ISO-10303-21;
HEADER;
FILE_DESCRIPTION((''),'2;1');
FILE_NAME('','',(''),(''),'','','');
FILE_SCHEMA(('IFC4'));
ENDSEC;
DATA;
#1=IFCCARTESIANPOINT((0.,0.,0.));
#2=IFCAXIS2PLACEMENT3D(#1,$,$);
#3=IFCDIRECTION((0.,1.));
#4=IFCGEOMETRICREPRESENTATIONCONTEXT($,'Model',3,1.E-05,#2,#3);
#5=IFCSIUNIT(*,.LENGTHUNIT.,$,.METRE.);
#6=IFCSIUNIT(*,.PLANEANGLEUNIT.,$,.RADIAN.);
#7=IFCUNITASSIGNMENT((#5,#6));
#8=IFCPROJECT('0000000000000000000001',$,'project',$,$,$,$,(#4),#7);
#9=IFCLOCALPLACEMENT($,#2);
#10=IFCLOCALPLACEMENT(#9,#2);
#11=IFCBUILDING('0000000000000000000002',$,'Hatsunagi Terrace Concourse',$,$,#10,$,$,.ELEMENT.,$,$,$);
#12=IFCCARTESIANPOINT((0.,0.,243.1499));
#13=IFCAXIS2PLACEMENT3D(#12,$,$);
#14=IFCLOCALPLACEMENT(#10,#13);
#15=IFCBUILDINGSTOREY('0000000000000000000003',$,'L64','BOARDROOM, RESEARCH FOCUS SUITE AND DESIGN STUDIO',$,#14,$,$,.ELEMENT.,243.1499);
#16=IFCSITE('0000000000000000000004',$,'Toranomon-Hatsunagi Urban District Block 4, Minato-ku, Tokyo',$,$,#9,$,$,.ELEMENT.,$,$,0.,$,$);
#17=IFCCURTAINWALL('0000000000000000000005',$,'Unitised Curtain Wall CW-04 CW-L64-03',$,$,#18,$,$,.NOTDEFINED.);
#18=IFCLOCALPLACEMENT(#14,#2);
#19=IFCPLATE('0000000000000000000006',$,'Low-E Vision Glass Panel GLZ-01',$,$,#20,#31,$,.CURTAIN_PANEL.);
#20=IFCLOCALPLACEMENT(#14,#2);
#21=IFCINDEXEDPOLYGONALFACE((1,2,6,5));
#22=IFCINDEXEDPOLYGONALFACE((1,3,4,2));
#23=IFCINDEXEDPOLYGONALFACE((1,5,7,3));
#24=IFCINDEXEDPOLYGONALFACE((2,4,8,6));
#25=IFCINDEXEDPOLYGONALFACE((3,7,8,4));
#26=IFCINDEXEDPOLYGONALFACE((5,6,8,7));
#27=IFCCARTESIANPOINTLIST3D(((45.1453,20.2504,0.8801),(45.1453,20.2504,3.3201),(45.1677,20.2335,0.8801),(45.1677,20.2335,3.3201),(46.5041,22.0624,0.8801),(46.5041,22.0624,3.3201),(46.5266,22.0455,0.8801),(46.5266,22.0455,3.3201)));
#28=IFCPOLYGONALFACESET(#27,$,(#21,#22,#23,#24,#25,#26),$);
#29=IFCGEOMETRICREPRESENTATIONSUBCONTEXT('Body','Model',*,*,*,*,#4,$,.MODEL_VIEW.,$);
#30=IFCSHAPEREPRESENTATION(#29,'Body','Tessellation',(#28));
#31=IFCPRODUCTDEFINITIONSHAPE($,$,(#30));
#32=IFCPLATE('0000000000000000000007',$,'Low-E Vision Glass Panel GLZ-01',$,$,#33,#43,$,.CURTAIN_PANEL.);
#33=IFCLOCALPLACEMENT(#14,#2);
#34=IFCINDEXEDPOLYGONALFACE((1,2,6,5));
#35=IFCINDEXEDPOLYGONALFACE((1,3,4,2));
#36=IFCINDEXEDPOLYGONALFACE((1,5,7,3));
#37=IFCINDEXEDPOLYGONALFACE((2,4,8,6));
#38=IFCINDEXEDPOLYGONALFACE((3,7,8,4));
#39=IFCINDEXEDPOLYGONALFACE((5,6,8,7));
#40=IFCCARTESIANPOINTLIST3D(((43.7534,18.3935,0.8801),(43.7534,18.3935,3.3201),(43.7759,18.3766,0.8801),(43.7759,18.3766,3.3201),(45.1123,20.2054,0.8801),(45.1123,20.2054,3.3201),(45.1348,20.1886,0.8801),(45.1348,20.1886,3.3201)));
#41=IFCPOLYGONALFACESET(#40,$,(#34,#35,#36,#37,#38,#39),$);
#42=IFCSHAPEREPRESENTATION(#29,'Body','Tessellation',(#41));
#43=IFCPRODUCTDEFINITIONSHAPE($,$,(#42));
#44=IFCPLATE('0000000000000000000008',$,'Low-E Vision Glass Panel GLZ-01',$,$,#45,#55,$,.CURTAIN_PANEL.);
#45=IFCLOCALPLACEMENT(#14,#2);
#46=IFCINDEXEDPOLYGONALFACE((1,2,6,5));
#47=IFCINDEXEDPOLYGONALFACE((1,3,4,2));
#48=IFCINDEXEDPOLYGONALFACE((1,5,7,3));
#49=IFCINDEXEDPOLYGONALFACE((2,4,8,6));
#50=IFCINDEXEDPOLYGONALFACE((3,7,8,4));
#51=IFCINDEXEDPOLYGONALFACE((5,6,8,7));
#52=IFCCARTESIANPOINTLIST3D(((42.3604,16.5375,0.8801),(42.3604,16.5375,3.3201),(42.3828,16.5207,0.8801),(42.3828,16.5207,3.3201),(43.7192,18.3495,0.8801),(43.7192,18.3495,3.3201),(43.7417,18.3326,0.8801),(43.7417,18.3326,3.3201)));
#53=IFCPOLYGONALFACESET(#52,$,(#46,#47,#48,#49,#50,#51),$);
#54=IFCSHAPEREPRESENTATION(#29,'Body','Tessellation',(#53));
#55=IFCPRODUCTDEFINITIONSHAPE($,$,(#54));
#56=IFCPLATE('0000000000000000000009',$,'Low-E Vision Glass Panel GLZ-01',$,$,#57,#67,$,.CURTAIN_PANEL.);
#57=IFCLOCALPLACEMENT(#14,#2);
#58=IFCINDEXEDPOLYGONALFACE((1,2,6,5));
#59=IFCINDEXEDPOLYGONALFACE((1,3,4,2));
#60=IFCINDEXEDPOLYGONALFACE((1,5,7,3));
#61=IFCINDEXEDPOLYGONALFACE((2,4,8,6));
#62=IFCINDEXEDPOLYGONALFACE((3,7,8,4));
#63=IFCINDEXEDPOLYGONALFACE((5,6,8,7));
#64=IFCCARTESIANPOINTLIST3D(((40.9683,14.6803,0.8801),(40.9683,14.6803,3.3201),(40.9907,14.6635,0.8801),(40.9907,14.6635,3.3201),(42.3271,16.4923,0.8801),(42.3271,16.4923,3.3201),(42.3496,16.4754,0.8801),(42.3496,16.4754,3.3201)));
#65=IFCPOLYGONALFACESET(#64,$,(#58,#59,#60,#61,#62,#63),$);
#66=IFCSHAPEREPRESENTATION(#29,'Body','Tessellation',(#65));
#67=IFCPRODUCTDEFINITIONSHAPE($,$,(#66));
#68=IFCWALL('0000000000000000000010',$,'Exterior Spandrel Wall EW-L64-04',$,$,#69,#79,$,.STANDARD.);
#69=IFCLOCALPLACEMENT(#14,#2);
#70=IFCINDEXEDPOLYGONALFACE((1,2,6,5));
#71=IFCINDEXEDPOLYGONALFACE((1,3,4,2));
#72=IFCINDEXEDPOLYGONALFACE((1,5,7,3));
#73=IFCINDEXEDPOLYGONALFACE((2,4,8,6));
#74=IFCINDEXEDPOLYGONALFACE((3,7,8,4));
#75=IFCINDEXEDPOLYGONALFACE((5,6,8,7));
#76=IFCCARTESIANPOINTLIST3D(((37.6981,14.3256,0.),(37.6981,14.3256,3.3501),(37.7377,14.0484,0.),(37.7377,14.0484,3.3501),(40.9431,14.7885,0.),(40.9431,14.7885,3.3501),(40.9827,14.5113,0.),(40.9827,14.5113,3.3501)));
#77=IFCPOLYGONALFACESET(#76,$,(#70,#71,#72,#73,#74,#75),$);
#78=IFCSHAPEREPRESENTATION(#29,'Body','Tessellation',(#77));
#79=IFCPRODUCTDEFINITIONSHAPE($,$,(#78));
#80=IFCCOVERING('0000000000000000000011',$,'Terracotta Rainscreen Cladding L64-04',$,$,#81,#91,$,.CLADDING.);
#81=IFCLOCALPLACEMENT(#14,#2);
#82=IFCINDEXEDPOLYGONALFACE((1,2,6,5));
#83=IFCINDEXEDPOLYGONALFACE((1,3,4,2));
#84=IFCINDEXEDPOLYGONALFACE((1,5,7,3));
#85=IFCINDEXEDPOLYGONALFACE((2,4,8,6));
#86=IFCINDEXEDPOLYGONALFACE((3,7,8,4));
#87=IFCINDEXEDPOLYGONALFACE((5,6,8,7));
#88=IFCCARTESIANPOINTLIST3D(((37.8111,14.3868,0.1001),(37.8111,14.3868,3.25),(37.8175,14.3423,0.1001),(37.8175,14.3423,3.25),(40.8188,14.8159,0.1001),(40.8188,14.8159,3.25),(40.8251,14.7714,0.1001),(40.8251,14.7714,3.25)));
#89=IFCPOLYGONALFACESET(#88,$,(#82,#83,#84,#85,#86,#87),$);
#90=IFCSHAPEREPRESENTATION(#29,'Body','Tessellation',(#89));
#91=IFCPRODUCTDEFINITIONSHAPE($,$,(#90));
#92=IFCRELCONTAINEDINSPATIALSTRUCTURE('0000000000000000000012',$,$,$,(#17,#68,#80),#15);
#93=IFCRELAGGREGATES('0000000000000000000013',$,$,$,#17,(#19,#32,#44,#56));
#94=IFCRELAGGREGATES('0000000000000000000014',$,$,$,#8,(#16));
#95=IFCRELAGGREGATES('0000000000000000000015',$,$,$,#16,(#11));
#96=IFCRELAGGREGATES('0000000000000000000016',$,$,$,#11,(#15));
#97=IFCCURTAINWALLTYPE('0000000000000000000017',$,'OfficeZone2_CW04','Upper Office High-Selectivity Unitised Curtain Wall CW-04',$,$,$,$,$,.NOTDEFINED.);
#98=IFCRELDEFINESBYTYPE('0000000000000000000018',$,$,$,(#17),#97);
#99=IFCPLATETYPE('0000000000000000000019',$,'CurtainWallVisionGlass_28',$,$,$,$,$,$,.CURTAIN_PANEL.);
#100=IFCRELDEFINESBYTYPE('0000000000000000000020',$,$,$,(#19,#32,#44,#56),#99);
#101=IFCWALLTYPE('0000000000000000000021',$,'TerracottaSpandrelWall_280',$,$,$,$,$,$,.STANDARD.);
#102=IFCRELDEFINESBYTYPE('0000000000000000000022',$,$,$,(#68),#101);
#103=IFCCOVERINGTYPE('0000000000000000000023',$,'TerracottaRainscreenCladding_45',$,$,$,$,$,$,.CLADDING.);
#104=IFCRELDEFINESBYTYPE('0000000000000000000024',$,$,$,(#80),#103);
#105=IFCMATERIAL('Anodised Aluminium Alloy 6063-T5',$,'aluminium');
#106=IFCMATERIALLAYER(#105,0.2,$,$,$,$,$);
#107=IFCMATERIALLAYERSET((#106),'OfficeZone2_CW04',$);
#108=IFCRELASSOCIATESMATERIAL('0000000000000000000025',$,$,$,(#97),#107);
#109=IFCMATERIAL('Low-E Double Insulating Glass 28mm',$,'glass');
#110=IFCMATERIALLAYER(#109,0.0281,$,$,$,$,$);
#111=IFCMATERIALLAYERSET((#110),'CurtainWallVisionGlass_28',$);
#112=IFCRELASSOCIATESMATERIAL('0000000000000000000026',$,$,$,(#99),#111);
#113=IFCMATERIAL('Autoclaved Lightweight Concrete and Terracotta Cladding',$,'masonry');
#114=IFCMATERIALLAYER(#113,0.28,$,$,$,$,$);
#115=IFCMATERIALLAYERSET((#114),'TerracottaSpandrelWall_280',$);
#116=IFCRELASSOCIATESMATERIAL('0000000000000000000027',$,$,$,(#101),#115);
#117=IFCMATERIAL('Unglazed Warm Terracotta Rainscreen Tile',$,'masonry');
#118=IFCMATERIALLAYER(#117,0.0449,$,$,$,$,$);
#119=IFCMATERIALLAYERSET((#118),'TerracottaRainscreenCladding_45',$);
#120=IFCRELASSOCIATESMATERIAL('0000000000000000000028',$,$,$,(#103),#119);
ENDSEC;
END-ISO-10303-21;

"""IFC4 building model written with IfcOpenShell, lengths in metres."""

from ifc_helpers import new_model, si_unit, direction, frame, frame_2d, origin, origin_2d, place, context, subcontext, project, spatial, rectangle, extrude, material, layer, layer_set, type_object, element, aggregate, save


model = new_model("IFC4")

# Units and contexts
model_context = context("Model", 3, precision=1e-05, world=origin(), true_north=direction((0.0, 1.0)))
body_context = subcontext(model_context, "Body", "Model", "MODEL_VIEW")
ifc_project = project(units=[si_unit("LENGTHUNIT", "METRE"), si_unit("PLANEANGLEUNIT", "RADIAN")], contexts=[model_context])

# Site, building, storey
site_placement = place(None, origin())
site = spatial("IfcSite", under=ifc_project, at=site_placement, Name="Toranomon-Hatsunagi Urban District Block 4, Minato-ku, Tokyo", CompositionType="ELEMENT", RefElevation=0.0)
building_placement = place(site_placement, origin())
building = spatial("IfcBuilding", under=site, at=building_placement, Name="Hatsunagi Terrace Concourse", CompositionType="ELEMENT")
storey_placement = place(building_placement, frame((0.0, 0.0, 243.1499)))
storey = spatial("IfcBuildingStorey", under=building, at=storey_placement, Name="L64", Description="BOARDROOM, RESEARCH FOCUS SUITE AND DESIGN STUDIO", CompositionType="ELEMENT", Elevation=243.1499)

# Curtain wall, plates
ifc_material_1 = material(Name="Anodised Aluminium Alloy 6063-T5", Category="aluminium")
ifc_layer_1 = layer(ifc_material_1, 0.2)
ifc_layer_set_1 = layer_set([ifc_layer_1], Name="OfficeZone2_CW04")
curtain_wall_type = type_object("IfcCurtainWallType", Name="OfficeZone2_CW04", Description="Upper Office High-Selectivity Unitised Curtain Wall CW-04", PredefinedType="NOTDEFINED", material=ifc_layer_set_1)
curtain_wall_placement = place(storey_placement, origin())
curtain_wall = element("IfcCurtainWall", 1, at=curtain_wall_placement, inside=storey, type_object=curtain_wall_type, Name="Unitised Curtain Wall CW-04 CW-L64-03", PredefinedType="NOTDEFINED")
ifc_material_2 = material(Name="Low-E Double Insulating Glass 28mm", Category="glass")
ifc_layer_2 = layer(ifc_material_2, 0.0281)
ifc_layer_set_2 = layer_set([ifc_layer_2], Name="CurtainWallVisionGlass_28")
plate_type_1 = type_object("IfcPlateType", Name="CurtainWallVisionGlass_28", PredefinedType="CURTAIN_PANEL", material=ifc_layer_set_2)
plate_1_placement = place(storey_placement, frame((45.8359, 21.1479, 0.8801), z_axis=(0.0, 0.0, 1.0), x_axis=(-0.599969, -0.800023, 0.0)))
plate_1 = element("IfcPlate", 2, at=plate_1_placement, type_object=plate_type_1, Name="Low-E Vision Glass Panel GLZ-01", PredefinedType="CURTAIN_PANEL", context=body_context, shape_type="SweptSolid", body=[
    extrude(rectangle(XDim=2.2649, YDim=0.0281, at=origin_2d()), origin(), (0.0, 0.0, 1.0), 2.4399),
])
plate_2_placement = place(storey_placement, frame((44.4441, 19.291, 0.8801), z_axis=(0.0, 0.0, 1.0), x_axis=(-0.599969, -0.800023, 0.0)))
plate_2 = element("IfcPlate", 3, at=plate_2_placement, type_object=plate_type_1, Name="Low-E Vision Glass Panel GLZ-01", PredefinedType="CURTAIN_PANEL", context=body_context, shape_type="SweptSolid", body=[
    extrude(rectangle(XDim=2.2649, YDim=0.0281, at=origin_2d()), origin(), (0.0, 0.0, 1.0), 2.4399),
])
plate_3_placement = place(storey_placement, frame((43.051, 17.4351, 0.8801), z_axis=(0.0, 0.0, 1.0), x_axis=(-0.599969, -0.800023, 0.0)))
plate_3 = element("IfcPlate", 4, at=plate_3_placement, type_object=plate_type_1, Name="Low-E Vision Glass Panel GLZ-01", PredefinedType="CURTAIN_PANEL", context=body_context, shape_type="SweptSolid", body=[
    extrude(rectangle(XDim=2.2649, YDim=0.0281, at=origin_2d()), origin(), (0.0, 0.0, 1.0), 2.4399),
])
plate_4_placement = place(storey_placement, frame((41.6589, 15.5779, 0.8801), z_axis=(0.0, 0.0, 1.0), x_axis=(-0.599969, -0.800023, 0.0)))
plate_4 = element("IfcPlate", 5, at=plate_4_placement, type_object=plate_type_1, Name="Low-E Vision Glass Panel GLZ-01", PredefinedType="CURTAIN_PANEL", context=body_context, shape_type="SweptSolid", body=[
    extrude(rectangle(XDim=2.2649, YDim=0.0281, at=origin_2d()), origin(), (0.0, 0.0, 1.0), 2.4399),
])
aggregate(curtain_wall, [plate_1, plate_2, plate_3, plate_4])

# Wall
ifc_material_3 = material(Name="Autoclaved Lightweight Concrete and Terracotta Cladding", Category="masonry")
ifc_layer_3 = layer(ifc_material_3, 0.28)
ifc_layer_set_3 = layer_set([ifc_layer_3], Name="TerracottaSpandrelWall_280")
wall_type = type_object("IfcWallType", Name="TerracottaSpandrelWall_280", PredefinedType="STANDARD", material=ifc_layer_set_3)
wall_placement = place(storey_placement, frame((40.9629, 14.6499, 0.0), z_axis=(0.0, 0.0, 1.0), x_axis=(-0.989978, -0.141223, 0.0)))
element("IfcWall", 6, at=wall_placement, inside=storey, type_object=wall_type, Name="Exterior Spandrel Wall EW-L64-04", PredefinedType="STANDARD", context=body_context, shape_type="SweptSolid", body=[
    extrude(rectangle(XDim=3.2778, YDim=0.28, at=frame_2d((1.6389, 0.0))), origin(), (0.0, 0.0, 1.0), 3.3501),
])

# Covering
ifc_material_4 = material(Name="Unglazed Warm Terracotta Rainscreen Tile", Category="masonry")
ifc_layer_4 = layer(ifc_material_4, 0.0449)
ifc_layer_set_4 = layer_set([ifc_layer_4], Name="TerracottaRainscreenCladding_45")
covering_type = type_object("IfcCoveringType", Name="TerracottaRainscreenCladding_45", PredefinedType="CLADDING", material=ifc_layer_set_4)
covering_placement = place(storey_placement, frame((39.3181, 14.5791, 0.1001), z_axis=(0.0, 0.0, 1.0), x_axis=(-0.989974, -0.14125, 0.0)))
element("IfcCovering", 7, at=covering_placement, inside=storey, type_object=covering_type, Name="Terracotta Rainscreen Cladding L64-04", PredefinedType="CLADDING", context=body_context, shape_type="SweptSolid", body=[
    extrude(rectangle(XDim=3.0381, YDim=0.0449, at=origin_2d()), origin(), (0.0, 0.0, 1.0), 3.1499),
])

save(model, "model.ifc")
